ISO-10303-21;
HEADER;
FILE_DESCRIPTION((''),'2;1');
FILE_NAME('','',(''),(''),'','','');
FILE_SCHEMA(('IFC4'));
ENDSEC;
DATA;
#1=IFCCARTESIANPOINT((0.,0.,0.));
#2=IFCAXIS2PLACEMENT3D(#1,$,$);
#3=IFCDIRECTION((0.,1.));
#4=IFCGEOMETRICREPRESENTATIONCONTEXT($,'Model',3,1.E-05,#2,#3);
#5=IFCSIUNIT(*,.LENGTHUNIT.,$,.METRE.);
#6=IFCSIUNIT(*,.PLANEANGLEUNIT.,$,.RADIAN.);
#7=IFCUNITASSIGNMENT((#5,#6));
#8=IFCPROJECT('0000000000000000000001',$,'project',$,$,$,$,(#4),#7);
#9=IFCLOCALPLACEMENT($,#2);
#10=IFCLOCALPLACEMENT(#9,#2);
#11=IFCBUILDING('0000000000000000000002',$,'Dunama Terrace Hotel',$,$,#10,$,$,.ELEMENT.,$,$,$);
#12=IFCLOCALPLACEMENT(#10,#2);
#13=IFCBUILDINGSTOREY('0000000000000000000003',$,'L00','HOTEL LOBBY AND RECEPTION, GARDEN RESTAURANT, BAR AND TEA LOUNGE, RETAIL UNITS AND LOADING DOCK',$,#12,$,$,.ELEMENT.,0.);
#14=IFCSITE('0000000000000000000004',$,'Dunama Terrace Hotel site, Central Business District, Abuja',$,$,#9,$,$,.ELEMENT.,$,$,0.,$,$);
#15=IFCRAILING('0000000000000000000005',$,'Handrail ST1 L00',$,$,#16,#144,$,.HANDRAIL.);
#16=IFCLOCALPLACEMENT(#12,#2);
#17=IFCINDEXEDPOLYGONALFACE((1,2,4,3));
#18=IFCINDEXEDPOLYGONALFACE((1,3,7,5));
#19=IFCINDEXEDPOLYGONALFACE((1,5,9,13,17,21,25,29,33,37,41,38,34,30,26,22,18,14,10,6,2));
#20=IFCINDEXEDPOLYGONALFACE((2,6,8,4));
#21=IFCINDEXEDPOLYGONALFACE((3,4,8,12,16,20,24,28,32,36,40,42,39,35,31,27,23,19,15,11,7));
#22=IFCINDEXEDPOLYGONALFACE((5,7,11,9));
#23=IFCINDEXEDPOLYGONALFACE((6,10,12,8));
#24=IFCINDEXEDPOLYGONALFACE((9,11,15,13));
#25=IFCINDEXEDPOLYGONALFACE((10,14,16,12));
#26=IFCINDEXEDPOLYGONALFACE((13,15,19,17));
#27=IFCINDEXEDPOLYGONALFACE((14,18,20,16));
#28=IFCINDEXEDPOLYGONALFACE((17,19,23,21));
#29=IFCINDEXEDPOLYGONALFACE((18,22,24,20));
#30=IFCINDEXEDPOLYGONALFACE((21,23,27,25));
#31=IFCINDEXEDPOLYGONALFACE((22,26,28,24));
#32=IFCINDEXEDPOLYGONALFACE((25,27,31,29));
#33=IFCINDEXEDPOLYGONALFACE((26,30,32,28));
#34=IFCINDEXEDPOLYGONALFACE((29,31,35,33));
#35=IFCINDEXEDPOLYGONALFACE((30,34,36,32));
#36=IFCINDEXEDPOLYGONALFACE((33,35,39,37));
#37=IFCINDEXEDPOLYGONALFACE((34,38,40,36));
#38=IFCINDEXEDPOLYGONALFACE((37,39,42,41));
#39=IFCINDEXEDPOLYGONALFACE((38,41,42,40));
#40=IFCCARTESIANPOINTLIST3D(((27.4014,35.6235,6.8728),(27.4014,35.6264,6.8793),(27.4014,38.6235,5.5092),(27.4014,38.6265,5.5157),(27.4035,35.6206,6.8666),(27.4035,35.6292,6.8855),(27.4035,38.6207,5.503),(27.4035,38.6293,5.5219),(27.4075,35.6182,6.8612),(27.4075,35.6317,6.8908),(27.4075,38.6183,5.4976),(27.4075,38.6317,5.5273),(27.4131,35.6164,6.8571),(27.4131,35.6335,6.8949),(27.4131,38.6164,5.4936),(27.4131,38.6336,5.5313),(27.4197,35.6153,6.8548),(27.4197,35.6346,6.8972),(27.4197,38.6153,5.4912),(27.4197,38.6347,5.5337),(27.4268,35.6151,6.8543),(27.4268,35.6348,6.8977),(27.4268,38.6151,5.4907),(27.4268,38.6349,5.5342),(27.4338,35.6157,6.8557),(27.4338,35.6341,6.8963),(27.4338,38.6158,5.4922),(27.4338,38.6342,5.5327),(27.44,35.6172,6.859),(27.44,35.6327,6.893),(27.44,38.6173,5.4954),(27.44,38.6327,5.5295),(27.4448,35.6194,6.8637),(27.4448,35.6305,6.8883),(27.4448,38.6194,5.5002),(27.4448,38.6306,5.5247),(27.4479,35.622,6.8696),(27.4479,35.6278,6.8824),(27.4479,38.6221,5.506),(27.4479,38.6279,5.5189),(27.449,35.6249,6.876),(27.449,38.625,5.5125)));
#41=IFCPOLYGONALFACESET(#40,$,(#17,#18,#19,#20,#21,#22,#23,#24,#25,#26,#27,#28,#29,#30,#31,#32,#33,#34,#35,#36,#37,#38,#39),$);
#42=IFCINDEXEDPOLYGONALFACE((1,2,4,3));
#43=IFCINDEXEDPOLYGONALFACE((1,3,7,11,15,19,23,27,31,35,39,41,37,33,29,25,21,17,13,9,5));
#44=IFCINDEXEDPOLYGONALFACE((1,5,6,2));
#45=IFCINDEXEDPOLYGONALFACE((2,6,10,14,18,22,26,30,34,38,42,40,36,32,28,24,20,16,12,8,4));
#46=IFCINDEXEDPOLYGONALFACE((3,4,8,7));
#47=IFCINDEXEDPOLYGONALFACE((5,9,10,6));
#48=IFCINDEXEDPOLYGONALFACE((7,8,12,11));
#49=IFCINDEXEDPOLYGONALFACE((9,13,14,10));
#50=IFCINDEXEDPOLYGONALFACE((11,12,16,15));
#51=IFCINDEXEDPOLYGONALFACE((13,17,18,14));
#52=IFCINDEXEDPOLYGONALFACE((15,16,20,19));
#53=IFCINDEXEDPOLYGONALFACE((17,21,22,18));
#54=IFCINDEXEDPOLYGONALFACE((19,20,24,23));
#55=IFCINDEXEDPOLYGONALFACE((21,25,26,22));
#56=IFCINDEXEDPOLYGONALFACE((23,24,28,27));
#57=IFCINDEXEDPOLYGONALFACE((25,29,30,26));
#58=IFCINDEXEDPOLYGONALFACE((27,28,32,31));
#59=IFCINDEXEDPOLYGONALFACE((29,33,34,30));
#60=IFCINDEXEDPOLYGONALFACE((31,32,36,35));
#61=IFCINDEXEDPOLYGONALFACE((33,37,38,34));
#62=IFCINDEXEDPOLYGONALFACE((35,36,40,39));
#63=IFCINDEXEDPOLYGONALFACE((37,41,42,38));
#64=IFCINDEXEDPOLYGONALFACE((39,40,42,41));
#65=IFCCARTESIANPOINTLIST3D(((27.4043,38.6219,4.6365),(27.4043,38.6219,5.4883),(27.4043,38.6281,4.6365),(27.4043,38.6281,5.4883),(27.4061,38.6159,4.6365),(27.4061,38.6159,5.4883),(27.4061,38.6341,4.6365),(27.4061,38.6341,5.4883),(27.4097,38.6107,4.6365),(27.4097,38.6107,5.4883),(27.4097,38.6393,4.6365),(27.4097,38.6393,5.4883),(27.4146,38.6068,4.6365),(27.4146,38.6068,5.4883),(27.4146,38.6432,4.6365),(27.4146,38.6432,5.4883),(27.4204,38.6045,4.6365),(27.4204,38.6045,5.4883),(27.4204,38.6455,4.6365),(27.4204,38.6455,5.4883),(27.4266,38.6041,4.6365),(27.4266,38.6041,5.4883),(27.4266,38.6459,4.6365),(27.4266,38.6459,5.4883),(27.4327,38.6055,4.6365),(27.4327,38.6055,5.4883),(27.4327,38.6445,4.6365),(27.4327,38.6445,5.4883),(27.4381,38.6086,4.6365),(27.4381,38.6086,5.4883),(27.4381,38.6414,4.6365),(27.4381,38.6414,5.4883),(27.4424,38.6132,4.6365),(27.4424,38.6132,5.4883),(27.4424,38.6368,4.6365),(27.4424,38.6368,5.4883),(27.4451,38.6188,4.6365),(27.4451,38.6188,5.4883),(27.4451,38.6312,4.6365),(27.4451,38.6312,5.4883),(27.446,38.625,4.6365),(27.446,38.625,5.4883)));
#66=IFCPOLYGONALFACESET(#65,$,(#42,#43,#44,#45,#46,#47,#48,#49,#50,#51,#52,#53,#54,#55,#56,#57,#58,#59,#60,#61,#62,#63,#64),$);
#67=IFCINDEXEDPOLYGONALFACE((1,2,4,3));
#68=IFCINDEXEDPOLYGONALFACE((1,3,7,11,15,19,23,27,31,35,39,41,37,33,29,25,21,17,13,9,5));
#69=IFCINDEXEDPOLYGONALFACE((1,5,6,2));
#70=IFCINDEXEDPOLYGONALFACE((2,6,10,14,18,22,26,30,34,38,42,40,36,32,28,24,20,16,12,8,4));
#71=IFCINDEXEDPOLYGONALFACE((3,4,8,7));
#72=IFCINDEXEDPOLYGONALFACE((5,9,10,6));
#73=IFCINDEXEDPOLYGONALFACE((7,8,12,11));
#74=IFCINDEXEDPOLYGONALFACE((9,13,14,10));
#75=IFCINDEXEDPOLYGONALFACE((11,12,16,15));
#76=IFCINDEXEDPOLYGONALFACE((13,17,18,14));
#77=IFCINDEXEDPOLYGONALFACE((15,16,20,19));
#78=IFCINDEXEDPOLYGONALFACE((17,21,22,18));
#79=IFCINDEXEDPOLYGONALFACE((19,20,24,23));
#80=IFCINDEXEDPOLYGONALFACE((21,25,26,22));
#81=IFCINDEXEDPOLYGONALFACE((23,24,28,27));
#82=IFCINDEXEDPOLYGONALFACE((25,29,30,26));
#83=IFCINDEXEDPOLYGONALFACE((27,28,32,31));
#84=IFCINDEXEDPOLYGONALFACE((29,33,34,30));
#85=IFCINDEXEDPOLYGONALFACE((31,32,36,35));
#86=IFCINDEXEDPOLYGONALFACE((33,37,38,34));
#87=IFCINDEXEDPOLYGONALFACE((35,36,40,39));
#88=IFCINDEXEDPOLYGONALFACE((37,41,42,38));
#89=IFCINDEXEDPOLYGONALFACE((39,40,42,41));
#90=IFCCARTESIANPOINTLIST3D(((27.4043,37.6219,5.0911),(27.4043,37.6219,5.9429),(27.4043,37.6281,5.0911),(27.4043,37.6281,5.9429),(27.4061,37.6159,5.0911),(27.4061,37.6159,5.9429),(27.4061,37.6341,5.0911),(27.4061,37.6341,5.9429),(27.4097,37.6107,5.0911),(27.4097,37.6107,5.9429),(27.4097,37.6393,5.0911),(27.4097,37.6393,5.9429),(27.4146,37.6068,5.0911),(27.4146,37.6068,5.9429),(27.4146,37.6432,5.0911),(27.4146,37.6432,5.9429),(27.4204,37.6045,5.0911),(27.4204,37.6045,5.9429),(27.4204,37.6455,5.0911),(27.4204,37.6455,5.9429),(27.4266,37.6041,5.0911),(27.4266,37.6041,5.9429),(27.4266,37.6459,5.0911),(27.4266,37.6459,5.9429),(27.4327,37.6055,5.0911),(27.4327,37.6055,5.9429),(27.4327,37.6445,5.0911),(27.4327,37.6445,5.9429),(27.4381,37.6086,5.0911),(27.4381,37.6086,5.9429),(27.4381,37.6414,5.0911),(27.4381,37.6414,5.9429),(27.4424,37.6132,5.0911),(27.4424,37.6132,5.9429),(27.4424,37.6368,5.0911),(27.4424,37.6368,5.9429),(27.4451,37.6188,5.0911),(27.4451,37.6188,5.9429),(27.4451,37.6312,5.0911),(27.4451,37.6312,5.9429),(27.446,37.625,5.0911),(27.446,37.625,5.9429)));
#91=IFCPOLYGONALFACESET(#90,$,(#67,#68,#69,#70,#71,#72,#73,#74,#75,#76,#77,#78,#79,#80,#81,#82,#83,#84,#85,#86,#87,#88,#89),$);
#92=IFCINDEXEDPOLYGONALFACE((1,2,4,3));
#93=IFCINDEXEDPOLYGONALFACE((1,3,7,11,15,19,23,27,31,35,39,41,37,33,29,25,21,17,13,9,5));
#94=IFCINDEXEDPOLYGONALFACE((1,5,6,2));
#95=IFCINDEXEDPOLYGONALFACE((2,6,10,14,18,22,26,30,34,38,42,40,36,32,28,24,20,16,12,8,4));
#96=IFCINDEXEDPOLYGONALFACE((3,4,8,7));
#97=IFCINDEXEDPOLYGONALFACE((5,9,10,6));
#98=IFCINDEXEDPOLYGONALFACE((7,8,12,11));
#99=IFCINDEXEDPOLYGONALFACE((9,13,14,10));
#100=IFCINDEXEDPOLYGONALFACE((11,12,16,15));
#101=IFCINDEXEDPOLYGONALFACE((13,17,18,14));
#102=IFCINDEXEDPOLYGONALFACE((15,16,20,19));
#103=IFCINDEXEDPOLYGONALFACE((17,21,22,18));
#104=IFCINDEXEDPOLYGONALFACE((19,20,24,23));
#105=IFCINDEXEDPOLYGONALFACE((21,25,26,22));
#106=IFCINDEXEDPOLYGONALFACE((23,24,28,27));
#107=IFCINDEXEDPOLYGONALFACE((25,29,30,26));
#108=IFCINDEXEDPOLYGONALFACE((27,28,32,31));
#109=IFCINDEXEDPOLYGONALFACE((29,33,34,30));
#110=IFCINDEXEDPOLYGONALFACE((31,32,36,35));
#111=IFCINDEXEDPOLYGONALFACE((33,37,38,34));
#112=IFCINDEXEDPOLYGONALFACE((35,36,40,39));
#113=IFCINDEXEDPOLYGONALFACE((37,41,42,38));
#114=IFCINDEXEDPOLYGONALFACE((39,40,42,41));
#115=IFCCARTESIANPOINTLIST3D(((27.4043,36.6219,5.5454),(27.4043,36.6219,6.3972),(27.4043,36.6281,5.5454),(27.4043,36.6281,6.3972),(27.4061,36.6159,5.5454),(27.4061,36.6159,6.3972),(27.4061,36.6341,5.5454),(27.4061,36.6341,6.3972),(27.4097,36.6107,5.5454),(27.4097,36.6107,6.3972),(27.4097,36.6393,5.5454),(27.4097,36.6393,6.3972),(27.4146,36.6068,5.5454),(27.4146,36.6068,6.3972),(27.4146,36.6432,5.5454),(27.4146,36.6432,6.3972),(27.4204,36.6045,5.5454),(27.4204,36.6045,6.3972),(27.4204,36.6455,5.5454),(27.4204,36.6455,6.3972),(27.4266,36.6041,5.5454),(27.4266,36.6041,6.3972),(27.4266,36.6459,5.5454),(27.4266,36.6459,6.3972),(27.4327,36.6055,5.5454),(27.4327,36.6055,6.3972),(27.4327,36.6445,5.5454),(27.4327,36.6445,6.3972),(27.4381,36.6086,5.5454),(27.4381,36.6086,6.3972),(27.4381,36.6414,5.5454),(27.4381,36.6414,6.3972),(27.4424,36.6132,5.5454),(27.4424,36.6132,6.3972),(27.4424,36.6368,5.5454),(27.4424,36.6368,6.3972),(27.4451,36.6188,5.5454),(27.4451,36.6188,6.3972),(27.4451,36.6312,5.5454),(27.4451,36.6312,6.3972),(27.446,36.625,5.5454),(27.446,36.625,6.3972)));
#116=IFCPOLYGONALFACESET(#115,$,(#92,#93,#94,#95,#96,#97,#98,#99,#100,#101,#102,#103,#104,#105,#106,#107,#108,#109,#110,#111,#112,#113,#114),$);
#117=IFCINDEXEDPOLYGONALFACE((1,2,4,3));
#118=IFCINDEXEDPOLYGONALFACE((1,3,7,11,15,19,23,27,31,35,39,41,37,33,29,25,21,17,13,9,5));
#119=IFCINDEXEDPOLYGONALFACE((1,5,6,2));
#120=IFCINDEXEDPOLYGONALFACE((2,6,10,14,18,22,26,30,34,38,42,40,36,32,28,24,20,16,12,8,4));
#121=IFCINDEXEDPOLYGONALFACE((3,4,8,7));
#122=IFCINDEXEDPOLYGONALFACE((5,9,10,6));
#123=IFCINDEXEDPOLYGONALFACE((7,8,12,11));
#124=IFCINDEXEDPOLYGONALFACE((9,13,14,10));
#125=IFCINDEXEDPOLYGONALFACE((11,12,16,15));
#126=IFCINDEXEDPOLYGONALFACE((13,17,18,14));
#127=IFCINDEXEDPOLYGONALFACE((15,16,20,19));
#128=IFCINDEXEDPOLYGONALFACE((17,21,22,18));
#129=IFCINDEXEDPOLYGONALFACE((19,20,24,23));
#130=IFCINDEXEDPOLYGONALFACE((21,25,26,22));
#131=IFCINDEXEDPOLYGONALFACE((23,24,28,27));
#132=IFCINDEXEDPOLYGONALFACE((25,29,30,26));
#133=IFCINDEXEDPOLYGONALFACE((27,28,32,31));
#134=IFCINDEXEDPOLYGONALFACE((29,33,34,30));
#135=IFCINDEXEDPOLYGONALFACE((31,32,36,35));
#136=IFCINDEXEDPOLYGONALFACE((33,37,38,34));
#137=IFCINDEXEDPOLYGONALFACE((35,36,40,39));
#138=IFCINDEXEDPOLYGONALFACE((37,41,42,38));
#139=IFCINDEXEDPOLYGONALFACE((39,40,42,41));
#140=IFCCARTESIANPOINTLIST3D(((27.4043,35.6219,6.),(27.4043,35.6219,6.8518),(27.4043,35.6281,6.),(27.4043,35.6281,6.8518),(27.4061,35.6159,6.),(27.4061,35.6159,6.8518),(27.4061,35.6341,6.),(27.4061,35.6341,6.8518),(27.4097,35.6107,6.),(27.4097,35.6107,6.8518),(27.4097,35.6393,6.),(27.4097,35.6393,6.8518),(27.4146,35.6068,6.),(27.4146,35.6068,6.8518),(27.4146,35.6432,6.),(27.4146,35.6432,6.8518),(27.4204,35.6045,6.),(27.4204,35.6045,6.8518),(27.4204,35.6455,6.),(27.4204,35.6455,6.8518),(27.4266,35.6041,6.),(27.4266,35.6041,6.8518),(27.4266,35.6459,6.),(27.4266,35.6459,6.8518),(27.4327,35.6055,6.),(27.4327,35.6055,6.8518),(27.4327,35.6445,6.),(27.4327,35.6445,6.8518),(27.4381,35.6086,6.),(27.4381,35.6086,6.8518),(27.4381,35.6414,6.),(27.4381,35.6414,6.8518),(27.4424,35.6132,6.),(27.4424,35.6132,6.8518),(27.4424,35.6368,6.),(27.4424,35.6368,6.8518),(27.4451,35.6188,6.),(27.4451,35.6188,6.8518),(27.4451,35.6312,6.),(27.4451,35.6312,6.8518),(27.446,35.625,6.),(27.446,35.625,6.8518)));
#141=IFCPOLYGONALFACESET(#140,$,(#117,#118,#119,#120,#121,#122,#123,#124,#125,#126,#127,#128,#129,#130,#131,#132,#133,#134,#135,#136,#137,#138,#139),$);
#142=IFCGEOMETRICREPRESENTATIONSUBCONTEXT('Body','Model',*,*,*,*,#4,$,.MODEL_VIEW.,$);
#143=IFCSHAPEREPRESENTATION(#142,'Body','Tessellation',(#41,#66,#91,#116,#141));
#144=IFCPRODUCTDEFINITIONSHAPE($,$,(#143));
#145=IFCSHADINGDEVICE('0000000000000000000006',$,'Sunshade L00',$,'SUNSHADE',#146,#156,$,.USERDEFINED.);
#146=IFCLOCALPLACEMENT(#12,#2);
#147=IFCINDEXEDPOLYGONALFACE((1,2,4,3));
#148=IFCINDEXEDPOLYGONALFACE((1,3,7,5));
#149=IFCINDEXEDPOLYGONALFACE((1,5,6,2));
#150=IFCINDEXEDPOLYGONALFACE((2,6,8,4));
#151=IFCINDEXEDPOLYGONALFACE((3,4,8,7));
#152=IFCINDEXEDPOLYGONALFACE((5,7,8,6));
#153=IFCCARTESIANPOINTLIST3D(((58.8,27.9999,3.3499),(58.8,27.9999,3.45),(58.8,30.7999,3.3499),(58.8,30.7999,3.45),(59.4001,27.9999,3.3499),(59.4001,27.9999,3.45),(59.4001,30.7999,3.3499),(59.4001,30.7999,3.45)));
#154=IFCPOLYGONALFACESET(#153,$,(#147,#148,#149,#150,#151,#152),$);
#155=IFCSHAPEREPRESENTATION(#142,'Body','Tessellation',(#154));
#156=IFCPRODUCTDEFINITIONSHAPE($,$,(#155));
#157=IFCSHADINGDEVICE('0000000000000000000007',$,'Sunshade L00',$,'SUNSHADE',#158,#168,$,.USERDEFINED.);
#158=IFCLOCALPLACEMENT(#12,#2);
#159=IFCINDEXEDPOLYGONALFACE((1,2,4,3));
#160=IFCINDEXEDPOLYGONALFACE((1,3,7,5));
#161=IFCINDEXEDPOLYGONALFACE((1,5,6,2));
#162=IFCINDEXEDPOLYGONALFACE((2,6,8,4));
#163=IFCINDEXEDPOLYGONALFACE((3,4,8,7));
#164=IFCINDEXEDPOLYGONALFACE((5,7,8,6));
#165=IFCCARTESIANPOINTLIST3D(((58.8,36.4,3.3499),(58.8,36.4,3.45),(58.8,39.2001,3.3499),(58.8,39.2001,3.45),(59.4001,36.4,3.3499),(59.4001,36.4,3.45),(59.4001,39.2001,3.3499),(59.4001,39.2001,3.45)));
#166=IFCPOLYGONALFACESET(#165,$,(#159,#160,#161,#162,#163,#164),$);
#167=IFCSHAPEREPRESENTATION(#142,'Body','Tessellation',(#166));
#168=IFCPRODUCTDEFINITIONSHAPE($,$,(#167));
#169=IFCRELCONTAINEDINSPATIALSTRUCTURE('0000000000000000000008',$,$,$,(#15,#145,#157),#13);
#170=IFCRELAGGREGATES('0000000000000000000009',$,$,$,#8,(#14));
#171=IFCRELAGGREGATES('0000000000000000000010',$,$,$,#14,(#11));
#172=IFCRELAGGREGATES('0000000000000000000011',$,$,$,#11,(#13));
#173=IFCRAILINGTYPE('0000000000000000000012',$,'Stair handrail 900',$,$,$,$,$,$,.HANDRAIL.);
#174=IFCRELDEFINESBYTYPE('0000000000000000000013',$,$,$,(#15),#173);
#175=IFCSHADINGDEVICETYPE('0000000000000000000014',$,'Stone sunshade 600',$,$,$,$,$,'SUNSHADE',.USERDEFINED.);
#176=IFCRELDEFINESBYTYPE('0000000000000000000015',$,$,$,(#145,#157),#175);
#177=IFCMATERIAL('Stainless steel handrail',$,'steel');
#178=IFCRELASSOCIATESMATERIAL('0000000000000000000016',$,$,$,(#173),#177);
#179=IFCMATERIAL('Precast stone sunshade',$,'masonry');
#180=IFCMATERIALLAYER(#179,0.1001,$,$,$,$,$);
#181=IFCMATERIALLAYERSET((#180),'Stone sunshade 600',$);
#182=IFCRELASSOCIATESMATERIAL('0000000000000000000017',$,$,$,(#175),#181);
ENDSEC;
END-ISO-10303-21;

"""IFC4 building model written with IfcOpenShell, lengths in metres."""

from ifc_helpers import new_model, si_unit, direction, frame, origin, origin_2d, place, context, subcontext, project, spatial, rectangle, circle, extrude, material, layer, layer_set, type_object, element, save


model = new_model("IFC4")

# Units and contexts
model_context = context("Model", 3, precision=1e-05, world=origin(), true_north=direction((0.0, 1.0)))
body_context = subcontext(model_context, "Body", "Model", "MODEL_VIEW")
ifc_project = project(units=[si_unit("LENGTHUNIT", "METRE"), si_unit("PLANEANGLEUNIT", "RADIAN")], contexts=[model_context])

# Site, building, storey
site_placement = place(None, origin())
site = spatial("IfcSite", under=ifc_project, at=site_placement, Name="Dunama Terrace Hotel site, Central Business District, Abuja", CompositionType="ELEMENT", RefElevation=0.0)
building_placement = place(site_placement, origin())
building = spatial("IfcBuilding", under=site, at=building_placement, Name="Dunama Terrace Hotel", CompositionType="ELEMENT")
storey_placement = place(building_placement, origin())
storey = spatial("IfcBuildingStorey", under=building, at=storey_placement, Name="L00", Description="HOTEL LOBBY AND RECEPTION, GARDEN RESTAURANT, BAR AND TEA LOUNGE, RETAIL UNITS AND LOADING DOCK", CompositionType="ELEMENT", Elevation=0.0)

# Railing
ifc_material_1 = material(Name="Stainless steel handrail", Category="steel")
railing_type = type_object("IfcRailingType", Name="Stair handrail 900", PredefinedType="HANDRAIL", material=ifc_material_1)
railing_1_placement = place(storey_placement, frame((27.425, 38.625, 4.6365)))
element("IfcRailing", 1, at=railing_1_placement, inside=storey, type_object=railing_type, Name="Handrail ST1 L00", PredefinedType="HANDRAIL", context=body_context, shape_type="SweptSolid", body=[
    extrude(circle(Radius=0.0239, at=origin_2d()), frame((0.0, 0.0, 0.876), z_axis=(0.0, -0.910379, 0.413775), x_axis=(1.0, 0.0, 0.0)), (0.0, 0.0, 1.0), 3.2954),
    extrude(circle(Radius=0.021, at=origin_2d()), origin(), (0.0, 0.0, 1.0), 0.8518),
    extrude(circle(Radius=0.021, at=origin_2d()), frame((0.0, -1.0, 0.4546)), (0.0, 0.0, 1.0), 0.8518),
    extrude(circle(Radius=0.021, at=origin_2d()), frame((0.0, -2.0, 0.9089)), (0.0, 0.0, 1.0), 0.8518),
    extrude(circle(Radius=0.021, at=origin_2d()), frame((0.0, -3.0, 1.3635)), (0.0, 0.0, 1.0), 0.8518),
])

# Shading devices
ifc_material_2 = material(Name="Precast stone sunshade", Category="masonry")
ifc_layer_1 = layer(ifc_material_2, 0.1001)
ifc_layer_set_1 = layer_set([ifc_layer_1], Name="Stone sunshade 600")
shading_device_type = type_object("IfcShadingDeviceType", Name="Stone sunshade 600", ElementType="SUNSHADE", PredefinedType="USERDEFINED", material=ifc_layer_set_1)
for number, where, z_axis, x_axis, name in (
    (2, (59.1001, 29.3999, 3.3499), (0.0, 0.0, 1.0), (0.0, 1.0, 0.0), "Sunshade L00"),
    (3, (59.1001, 37.8, 3.3499), (0.0, 0.0, 1.0), (0.0, 1.0, 0.0), "Sunshade L00"),
):
    element("IfcShadingDevice", number, at=place(storey_placement, frame(where, z_axis=z_axis, x_axis=x_axis)), inside=storey, type_object=shading_device_type, Name=name, ObjectType="SUNSHADE", PredefinedType="USERDEFINED", context=body_context, shape_type="SweptSolid", body=[
        extrude(rectangle(XDim=2.8, YDim=0.6001, at=origin_2d()), origin(), (0.0, 0.0, 1.0), 0.1001),
    ])

save(model, "model.ifc")
